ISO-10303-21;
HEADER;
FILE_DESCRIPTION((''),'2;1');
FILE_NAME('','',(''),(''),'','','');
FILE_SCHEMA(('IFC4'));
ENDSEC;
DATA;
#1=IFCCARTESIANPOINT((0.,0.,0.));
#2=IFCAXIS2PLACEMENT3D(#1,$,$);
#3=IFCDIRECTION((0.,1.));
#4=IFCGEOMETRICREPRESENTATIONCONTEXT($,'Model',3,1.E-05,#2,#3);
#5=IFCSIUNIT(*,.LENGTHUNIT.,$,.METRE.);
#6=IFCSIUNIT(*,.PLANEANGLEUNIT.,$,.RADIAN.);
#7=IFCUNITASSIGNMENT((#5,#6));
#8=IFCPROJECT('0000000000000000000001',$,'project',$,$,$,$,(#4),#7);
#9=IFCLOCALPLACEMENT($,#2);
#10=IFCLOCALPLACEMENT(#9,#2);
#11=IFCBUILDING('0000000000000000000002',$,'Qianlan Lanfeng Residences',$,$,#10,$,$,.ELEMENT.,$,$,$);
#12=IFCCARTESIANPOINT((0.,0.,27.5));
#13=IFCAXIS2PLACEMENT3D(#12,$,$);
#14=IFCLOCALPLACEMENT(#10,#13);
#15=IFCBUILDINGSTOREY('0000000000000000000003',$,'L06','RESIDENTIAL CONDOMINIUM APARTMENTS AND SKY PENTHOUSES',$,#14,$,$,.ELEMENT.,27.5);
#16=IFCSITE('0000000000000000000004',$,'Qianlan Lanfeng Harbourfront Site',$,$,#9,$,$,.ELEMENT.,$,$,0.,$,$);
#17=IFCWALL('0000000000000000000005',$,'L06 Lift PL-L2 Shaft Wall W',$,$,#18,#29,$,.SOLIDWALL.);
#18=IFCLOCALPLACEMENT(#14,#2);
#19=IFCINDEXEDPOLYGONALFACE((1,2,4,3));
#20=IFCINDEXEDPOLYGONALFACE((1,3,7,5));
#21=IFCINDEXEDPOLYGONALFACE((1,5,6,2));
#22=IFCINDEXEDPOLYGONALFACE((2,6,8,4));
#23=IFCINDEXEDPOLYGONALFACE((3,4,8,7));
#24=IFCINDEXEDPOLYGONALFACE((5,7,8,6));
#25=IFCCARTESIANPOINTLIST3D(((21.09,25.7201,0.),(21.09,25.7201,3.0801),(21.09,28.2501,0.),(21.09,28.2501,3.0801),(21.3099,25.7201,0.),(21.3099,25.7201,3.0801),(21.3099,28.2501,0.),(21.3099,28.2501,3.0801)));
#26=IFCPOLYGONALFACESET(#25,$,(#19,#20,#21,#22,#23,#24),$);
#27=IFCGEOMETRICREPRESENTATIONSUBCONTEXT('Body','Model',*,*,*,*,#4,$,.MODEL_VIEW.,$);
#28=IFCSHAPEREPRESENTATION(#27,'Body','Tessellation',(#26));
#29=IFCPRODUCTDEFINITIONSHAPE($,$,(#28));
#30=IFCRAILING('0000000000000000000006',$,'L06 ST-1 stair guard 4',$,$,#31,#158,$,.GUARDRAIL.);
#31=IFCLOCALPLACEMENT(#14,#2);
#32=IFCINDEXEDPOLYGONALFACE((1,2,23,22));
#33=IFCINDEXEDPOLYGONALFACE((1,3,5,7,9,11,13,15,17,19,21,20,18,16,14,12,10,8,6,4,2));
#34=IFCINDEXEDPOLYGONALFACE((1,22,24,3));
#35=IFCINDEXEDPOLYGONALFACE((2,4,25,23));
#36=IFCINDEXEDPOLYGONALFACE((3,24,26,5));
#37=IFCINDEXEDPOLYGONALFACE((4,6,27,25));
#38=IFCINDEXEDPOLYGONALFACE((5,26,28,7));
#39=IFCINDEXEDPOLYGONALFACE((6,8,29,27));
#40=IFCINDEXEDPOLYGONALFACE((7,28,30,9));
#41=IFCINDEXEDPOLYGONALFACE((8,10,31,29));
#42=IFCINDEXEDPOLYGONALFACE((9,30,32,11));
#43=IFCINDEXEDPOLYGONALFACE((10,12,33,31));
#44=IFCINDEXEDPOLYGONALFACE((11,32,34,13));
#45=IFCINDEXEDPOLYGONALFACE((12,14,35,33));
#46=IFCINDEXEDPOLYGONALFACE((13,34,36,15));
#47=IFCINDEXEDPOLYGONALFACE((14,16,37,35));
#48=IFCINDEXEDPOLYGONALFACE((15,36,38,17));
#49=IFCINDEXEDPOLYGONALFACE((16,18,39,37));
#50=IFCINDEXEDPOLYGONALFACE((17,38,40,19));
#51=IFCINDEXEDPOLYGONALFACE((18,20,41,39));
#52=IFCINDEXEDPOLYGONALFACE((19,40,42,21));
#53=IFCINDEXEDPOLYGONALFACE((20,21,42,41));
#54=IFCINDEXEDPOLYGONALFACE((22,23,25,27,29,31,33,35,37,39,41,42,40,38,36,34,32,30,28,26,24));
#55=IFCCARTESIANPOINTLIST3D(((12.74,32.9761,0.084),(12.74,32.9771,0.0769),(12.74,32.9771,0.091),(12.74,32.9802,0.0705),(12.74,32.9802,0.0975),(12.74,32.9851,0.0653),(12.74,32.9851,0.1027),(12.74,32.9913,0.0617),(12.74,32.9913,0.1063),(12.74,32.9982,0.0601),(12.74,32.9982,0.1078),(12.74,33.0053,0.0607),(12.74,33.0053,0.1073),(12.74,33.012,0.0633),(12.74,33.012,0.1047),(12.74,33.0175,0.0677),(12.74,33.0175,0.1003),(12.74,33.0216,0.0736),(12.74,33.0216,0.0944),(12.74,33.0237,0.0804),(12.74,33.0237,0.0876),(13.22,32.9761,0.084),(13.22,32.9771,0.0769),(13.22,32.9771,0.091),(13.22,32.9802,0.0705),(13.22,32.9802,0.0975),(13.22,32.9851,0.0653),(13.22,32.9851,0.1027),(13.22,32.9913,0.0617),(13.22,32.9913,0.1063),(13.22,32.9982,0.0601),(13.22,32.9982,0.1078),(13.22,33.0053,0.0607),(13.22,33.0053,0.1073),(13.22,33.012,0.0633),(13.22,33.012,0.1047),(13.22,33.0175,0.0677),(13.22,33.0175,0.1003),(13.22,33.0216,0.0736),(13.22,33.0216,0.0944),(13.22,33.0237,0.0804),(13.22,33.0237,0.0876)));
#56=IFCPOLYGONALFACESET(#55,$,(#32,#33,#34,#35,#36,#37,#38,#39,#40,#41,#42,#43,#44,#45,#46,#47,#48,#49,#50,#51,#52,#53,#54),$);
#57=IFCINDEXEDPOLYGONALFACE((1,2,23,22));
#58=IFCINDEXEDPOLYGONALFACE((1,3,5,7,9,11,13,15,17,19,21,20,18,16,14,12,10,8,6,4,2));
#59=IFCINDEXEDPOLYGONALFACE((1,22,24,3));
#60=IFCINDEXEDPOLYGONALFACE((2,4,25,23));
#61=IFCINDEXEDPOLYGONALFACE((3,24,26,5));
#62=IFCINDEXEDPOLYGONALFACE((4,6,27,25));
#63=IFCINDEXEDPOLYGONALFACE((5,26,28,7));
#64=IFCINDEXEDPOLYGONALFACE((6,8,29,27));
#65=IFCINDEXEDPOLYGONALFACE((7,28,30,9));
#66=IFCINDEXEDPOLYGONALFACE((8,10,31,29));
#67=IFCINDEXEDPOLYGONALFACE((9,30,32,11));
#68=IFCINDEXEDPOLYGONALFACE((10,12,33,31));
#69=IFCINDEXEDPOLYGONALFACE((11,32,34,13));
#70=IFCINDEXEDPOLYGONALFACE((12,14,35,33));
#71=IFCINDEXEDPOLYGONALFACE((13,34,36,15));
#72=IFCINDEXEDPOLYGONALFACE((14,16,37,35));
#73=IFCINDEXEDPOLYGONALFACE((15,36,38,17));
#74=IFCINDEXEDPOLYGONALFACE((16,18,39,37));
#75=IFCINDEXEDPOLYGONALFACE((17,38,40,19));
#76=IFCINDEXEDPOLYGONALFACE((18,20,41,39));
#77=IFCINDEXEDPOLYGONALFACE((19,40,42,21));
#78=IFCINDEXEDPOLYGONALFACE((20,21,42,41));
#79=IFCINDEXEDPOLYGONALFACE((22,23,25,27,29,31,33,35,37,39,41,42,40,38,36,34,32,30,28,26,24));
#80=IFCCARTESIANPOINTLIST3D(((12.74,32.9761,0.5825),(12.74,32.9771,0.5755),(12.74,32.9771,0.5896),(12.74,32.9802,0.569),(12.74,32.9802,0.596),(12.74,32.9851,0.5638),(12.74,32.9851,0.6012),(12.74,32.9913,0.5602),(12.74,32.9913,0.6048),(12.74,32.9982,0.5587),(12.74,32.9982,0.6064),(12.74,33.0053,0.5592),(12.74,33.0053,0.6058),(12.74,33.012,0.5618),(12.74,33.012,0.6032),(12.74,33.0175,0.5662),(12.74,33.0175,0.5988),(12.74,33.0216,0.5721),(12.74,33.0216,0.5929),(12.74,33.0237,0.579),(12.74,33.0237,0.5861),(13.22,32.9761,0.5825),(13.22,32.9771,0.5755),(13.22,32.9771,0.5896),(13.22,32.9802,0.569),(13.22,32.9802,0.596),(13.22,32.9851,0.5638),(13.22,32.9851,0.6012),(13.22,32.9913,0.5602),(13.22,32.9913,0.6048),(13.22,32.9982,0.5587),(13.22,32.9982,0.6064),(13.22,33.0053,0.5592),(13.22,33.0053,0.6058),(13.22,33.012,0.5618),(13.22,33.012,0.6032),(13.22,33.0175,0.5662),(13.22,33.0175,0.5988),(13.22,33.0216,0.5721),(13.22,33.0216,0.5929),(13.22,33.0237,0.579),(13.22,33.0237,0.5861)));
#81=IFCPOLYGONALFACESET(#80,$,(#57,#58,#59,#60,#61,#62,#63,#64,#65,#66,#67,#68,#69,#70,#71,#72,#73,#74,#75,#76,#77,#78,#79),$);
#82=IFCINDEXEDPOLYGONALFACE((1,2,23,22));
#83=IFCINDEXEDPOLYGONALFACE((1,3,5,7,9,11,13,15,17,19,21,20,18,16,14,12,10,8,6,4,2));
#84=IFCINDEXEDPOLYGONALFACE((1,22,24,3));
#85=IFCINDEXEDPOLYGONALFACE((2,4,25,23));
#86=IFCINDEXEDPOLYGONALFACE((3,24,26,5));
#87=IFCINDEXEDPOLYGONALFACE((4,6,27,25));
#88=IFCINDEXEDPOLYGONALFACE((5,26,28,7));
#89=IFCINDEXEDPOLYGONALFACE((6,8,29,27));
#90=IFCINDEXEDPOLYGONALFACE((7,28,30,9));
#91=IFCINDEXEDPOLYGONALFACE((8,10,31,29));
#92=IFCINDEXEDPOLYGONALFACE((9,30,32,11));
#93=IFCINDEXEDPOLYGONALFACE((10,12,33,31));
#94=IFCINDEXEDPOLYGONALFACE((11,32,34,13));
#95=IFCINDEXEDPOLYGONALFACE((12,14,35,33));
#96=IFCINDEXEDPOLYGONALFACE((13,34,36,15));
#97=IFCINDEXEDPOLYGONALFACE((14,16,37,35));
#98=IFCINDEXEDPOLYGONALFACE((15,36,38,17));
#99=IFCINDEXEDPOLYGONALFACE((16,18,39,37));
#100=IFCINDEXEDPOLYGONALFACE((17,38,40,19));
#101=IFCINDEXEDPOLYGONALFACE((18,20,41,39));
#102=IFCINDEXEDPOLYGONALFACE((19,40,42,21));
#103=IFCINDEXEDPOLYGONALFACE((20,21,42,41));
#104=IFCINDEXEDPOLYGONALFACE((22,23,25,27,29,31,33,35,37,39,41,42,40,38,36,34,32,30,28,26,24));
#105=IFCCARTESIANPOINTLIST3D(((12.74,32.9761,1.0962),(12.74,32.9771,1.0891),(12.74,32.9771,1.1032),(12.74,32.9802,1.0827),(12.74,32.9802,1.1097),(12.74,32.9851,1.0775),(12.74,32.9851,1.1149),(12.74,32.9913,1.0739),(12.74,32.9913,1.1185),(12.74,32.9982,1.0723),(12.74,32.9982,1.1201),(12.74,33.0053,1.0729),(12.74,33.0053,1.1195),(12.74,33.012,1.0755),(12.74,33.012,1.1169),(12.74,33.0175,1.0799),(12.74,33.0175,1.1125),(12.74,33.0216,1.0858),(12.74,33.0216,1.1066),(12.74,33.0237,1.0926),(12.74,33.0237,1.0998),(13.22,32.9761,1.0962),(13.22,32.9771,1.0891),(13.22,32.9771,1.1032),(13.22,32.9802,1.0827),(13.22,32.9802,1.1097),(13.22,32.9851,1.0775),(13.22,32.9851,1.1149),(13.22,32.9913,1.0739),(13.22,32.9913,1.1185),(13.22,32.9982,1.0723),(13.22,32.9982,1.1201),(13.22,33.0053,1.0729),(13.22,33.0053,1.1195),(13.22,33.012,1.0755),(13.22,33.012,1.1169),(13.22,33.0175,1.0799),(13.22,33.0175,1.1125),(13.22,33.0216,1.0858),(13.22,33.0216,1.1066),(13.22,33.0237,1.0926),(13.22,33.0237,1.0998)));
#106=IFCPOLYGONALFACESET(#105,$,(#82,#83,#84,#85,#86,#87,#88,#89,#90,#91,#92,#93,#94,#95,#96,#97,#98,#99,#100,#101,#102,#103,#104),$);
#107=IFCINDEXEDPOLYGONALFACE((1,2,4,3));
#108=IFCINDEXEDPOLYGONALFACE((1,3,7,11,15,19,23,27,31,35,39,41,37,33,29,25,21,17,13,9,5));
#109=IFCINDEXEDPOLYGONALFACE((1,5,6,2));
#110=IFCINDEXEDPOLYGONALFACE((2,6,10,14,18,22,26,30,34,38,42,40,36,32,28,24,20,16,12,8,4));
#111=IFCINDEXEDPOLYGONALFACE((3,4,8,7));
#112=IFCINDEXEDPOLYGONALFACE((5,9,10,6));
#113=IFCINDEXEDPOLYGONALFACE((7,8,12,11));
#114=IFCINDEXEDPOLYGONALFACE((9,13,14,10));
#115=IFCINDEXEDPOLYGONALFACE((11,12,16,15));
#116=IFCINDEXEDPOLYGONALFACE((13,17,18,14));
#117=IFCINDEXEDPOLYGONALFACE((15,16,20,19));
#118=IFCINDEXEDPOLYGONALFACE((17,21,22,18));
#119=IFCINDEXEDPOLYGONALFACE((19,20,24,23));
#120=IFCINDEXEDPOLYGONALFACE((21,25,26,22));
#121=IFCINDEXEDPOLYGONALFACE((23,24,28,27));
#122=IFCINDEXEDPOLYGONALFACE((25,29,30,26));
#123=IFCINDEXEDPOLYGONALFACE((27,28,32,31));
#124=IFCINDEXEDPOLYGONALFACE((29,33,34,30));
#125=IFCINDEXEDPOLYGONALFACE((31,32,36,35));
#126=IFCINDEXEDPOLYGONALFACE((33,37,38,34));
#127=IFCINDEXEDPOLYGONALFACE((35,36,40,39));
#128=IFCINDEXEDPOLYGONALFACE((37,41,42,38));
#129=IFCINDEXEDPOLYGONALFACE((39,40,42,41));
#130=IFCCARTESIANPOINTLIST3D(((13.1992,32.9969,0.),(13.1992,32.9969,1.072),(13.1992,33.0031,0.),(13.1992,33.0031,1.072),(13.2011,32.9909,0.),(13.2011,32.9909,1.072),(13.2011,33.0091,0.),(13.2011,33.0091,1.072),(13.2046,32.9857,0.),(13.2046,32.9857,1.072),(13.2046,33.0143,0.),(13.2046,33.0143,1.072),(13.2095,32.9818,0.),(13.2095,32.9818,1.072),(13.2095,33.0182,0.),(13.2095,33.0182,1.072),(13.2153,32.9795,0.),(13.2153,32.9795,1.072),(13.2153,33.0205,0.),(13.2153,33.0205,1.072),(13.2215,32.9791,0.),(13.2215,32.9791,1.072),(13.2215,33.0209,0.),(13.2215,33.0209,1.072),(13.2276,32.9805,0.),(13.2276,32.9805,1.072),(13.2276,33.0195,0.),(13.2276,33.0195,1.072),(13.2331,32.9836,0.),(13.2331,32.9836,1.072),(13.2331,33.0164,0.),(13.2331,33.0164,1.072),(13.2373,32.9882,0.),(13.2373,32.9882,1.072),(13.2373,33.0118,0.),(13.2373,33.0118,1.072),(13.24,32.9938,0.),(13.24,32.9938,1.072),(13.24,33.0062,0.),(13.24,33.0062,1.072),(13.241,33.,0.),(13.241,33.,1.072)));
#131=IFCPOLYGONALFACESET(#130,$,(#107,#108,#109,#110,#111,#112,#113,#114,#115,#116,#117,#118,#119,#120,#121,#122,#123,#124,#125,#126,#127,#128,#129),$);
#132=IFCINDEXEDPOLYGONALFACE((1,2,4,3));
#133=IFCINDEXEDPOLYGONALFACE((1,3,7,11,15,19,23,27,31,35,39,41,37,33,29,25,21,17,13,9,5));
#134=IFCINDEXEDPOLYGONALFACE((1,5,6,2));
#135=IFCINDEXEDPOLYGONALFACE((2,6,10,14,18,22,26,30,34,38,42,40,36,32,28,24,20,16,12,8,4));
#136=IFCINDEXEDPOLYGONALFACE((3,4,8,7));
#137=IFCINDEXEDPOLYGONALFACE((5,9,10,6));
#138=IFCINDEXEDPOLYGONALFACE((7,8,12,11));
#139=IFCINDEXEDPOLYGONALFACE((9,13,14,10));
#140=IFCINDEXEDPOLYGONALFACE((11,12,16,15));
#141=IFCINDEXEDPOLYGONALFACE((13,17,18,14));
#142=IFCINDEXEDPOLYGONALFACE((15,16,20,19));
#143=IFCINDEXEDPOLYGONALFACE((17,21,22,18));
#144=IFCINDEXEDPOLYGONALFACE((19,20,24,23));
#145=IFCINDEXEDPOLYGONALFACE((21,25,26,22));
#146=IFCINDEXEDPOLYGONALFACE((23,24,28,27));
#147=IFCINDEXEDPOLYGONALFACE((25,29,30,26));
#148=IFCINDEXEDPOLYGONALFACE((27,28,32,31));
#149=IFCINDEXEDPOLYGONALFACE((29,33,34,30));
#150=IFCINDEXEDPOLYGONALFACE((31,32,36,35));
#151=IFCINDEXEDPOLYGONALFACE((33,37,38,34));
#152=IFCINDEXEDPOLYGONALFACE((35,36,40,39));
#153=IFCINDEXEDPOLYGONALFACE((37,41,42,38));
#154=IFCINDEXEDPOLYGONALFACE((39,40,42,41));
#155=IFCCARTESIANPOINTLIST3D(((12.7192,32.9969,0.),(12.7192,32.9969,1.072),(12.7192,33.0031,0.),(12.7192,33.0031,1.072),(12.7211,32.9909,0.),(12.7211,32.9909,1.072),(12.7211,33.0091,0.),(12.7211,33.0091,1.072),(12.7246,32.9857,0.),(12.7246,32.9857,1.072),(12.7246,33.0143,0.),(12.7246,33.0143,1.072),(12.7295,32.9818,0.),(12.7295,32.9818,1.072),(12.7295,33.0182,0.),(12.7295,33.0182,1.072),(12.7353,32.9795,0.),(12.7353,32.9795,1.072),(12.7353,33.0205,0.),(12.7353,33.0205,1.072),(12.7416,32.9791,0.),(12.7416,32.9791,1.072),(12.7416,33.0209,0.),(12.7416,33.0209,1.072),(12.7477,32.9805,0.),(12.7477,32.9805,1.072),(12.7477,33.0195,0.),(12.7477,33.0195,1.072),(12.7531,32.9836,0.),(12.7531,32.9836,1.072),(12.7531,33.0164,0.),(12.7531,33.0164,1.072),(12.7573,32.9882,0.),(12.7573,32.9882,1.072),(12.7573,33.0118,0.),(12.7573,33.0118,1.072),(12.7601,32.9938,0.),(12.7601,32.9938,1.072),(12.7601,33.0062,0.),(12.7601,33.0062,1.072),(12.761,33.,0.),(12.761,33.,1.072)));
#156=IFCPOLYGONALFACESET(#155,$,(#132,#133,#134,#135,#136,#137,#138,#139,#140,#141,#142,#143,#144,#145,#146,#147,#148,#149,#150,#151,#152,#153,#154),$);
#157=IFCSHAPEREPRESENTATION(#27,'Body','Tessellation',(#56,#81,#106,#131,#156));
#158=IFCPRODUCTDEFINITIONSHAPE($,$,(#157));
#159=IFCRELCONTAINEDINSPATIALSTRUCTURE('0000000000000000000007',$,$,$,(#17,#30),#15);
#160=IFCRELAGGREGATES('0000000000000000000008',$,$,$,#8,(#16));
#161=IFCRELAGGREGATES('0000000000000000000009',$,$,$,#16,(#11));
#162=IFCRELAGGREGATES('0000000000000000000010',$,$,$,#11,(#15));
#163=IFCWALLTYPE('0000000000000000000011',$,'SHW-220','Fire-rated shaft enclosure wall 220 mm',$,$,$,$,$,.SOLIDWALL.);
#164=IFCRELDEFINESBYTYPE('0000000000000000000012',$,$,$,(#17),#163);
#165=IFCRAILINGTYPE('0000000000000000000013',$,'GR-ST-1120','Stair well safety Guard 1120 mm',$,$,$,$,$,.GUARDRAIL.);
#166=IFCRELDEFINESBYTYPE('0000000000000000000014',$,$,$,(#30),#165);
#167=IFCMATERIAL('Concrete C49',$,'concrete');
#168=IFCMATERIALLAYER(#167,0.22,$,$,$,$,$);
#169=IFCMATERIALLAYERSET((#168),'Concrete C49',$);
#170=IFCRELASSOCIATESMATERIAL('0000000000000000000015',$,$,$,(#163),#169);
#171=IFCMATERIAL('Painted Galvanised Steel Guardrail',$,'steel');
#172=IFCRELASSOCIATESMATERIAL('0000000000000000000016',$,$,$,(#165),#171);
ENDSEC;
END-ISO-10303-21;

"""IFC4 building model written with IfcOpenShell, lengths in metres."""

from ifc_helpers import new_model, si_unit, direction, frame, frame_2d, origin, origin_2d, place, context, subcontext, project, spatial, rectangle, circle, extrude, material, layer, layer_set, type_object, element, save


model = new_model("IFC4")

# Units and contexts
model_context = context("Model", 3, precision=1e-05, world=origin(), true_north=direction((0.0, 1.0)))
body_context = subcontext(model_context, "Body", "Model", "MODEL_VIEW")
ifc_project = project(units=[si_unit("LENGTHUNIT", "METRE"), si_unit("PLANEANGLEUNIT", "RADIAN")], contexts=[model_context])

# Site, building, storey
site_placement = place(None, origin())
site = spatial("IfcSite", under=ifc_project, at=site_placement, Name="Qianlan Lanfeng Harbourfront Site", CompositionType="ELEMENT", RefElevation=0.0)
building_placement = place(site_placement, origin())
building = spatial("IfcBuilding", under=site, at=building_placement, Name="Qianlan Lanfeng Residences", CompositionType="ELEMENT")
storey_placement = place(building_placement, frame((0.0, 0.0, 27.5)))
storey = spatial("IfcBuildingStorey", under=building, at=storey_placement, Name="L06", Description="RESIDENTIAL CONDOMINIUM APARTMENTS AND SKY PENTHOUSES", CompositionType="ELEMENT", Elevation=27.5)

# Wall
ifc_material_1 = material(Name="Concrete C49", Category="concrete")
ifc_layer_1 = layer(ifc_material_1, 0.22)
ifc_layer_set_1 = layer_set([ifc_layer_1], Name="Concrete C49")
wall_type_1 = type_object("IfcWallType", Name="SHW-220", Description="Fire-rated shaft enclosure wall 220 mm", PredefinedType="SOLIDWALL", material=ifc_layer_set_1)
wall_1_placement = place(storey_placement, frame((21.2, 25.72, 0.0), z_axis=(0.0, 0.0, 1.0), x_axis=(0.0, 1.0, 0.0)))
element("IfcWall", 1, at=wall_1_placement, inside=storey, type_object=wall_type_1, Name="L06 Lift PL-L2 Shaft Wall W", PredefinedType="SOLIDWALL", context=body_context, shape_type="SweptSolid", body=[
    extrude(rectangle(XDim=2.53, YDim=0.22, at=frame_2d((1.2651, 0.0))), origin(), (0.0, 0.0, 1.0), 3.0801),
])

# Railing
ifc_material_2 = material(Name="Painted Galvanised Steel Guardrail", Category="steel")
railing_type = type_object("IfcRailingType", Name="GR-ST-1120", Description="Stair well safety Guard 1120 mm", PredefinedType="GUARDRAIL", material=ifc_material_2)
railing_placement = place(storey_placement, frame((13.22, 33.0, 0.0)))
element("IfcRailing", 2, at=railing_placement, inside=storey, type_object=railing_type, Name="L06 ST-1 stair guard 4", PredefinedType="GUARDRAIL", context=body_context, shape_type="SweptSolid", body=[
    extrude(circle(Radius=0.0239, at=origin_2d()), frame((0.0, 0.0, 0.084), z_axis=(-1.0, 0.0, 0.0), x_axis=(0.0, -1.0, 0.0)), (0.0, 0.0, 1.0), 0.48),
    extrude(circle(Radius=0.0239, at=origin_2d()), frame((0.0, 0.0, 0.5825), z_axis=(-1.0, 0.0, 0.0), x_axis=(0.0, -1.0, 0.0)), (0.0, 0.0, 1.0), 0.48),
    extrude(circle(Radius=0.0239, at=origin_2d()), frame((0.0, 0.0, 1.0962), z_axis=(-1.0, 0.0, 0.0), x_axis=(0.0, -1.0, 0.0)), (0.0, 0.0, 1.0), 0.48),
    extrude(circle(Radius=0.021, at=origin_2d()), origin(), (0.0, 0.0, 1.0), 1.072),
    extrude(circle(Radius=0.021, at=origin_2d()), frame((-0.48, 0.0, 0.0)), (0.0, 0.0, 1.0), 1.072),
])

save(model, "model.ifc")
